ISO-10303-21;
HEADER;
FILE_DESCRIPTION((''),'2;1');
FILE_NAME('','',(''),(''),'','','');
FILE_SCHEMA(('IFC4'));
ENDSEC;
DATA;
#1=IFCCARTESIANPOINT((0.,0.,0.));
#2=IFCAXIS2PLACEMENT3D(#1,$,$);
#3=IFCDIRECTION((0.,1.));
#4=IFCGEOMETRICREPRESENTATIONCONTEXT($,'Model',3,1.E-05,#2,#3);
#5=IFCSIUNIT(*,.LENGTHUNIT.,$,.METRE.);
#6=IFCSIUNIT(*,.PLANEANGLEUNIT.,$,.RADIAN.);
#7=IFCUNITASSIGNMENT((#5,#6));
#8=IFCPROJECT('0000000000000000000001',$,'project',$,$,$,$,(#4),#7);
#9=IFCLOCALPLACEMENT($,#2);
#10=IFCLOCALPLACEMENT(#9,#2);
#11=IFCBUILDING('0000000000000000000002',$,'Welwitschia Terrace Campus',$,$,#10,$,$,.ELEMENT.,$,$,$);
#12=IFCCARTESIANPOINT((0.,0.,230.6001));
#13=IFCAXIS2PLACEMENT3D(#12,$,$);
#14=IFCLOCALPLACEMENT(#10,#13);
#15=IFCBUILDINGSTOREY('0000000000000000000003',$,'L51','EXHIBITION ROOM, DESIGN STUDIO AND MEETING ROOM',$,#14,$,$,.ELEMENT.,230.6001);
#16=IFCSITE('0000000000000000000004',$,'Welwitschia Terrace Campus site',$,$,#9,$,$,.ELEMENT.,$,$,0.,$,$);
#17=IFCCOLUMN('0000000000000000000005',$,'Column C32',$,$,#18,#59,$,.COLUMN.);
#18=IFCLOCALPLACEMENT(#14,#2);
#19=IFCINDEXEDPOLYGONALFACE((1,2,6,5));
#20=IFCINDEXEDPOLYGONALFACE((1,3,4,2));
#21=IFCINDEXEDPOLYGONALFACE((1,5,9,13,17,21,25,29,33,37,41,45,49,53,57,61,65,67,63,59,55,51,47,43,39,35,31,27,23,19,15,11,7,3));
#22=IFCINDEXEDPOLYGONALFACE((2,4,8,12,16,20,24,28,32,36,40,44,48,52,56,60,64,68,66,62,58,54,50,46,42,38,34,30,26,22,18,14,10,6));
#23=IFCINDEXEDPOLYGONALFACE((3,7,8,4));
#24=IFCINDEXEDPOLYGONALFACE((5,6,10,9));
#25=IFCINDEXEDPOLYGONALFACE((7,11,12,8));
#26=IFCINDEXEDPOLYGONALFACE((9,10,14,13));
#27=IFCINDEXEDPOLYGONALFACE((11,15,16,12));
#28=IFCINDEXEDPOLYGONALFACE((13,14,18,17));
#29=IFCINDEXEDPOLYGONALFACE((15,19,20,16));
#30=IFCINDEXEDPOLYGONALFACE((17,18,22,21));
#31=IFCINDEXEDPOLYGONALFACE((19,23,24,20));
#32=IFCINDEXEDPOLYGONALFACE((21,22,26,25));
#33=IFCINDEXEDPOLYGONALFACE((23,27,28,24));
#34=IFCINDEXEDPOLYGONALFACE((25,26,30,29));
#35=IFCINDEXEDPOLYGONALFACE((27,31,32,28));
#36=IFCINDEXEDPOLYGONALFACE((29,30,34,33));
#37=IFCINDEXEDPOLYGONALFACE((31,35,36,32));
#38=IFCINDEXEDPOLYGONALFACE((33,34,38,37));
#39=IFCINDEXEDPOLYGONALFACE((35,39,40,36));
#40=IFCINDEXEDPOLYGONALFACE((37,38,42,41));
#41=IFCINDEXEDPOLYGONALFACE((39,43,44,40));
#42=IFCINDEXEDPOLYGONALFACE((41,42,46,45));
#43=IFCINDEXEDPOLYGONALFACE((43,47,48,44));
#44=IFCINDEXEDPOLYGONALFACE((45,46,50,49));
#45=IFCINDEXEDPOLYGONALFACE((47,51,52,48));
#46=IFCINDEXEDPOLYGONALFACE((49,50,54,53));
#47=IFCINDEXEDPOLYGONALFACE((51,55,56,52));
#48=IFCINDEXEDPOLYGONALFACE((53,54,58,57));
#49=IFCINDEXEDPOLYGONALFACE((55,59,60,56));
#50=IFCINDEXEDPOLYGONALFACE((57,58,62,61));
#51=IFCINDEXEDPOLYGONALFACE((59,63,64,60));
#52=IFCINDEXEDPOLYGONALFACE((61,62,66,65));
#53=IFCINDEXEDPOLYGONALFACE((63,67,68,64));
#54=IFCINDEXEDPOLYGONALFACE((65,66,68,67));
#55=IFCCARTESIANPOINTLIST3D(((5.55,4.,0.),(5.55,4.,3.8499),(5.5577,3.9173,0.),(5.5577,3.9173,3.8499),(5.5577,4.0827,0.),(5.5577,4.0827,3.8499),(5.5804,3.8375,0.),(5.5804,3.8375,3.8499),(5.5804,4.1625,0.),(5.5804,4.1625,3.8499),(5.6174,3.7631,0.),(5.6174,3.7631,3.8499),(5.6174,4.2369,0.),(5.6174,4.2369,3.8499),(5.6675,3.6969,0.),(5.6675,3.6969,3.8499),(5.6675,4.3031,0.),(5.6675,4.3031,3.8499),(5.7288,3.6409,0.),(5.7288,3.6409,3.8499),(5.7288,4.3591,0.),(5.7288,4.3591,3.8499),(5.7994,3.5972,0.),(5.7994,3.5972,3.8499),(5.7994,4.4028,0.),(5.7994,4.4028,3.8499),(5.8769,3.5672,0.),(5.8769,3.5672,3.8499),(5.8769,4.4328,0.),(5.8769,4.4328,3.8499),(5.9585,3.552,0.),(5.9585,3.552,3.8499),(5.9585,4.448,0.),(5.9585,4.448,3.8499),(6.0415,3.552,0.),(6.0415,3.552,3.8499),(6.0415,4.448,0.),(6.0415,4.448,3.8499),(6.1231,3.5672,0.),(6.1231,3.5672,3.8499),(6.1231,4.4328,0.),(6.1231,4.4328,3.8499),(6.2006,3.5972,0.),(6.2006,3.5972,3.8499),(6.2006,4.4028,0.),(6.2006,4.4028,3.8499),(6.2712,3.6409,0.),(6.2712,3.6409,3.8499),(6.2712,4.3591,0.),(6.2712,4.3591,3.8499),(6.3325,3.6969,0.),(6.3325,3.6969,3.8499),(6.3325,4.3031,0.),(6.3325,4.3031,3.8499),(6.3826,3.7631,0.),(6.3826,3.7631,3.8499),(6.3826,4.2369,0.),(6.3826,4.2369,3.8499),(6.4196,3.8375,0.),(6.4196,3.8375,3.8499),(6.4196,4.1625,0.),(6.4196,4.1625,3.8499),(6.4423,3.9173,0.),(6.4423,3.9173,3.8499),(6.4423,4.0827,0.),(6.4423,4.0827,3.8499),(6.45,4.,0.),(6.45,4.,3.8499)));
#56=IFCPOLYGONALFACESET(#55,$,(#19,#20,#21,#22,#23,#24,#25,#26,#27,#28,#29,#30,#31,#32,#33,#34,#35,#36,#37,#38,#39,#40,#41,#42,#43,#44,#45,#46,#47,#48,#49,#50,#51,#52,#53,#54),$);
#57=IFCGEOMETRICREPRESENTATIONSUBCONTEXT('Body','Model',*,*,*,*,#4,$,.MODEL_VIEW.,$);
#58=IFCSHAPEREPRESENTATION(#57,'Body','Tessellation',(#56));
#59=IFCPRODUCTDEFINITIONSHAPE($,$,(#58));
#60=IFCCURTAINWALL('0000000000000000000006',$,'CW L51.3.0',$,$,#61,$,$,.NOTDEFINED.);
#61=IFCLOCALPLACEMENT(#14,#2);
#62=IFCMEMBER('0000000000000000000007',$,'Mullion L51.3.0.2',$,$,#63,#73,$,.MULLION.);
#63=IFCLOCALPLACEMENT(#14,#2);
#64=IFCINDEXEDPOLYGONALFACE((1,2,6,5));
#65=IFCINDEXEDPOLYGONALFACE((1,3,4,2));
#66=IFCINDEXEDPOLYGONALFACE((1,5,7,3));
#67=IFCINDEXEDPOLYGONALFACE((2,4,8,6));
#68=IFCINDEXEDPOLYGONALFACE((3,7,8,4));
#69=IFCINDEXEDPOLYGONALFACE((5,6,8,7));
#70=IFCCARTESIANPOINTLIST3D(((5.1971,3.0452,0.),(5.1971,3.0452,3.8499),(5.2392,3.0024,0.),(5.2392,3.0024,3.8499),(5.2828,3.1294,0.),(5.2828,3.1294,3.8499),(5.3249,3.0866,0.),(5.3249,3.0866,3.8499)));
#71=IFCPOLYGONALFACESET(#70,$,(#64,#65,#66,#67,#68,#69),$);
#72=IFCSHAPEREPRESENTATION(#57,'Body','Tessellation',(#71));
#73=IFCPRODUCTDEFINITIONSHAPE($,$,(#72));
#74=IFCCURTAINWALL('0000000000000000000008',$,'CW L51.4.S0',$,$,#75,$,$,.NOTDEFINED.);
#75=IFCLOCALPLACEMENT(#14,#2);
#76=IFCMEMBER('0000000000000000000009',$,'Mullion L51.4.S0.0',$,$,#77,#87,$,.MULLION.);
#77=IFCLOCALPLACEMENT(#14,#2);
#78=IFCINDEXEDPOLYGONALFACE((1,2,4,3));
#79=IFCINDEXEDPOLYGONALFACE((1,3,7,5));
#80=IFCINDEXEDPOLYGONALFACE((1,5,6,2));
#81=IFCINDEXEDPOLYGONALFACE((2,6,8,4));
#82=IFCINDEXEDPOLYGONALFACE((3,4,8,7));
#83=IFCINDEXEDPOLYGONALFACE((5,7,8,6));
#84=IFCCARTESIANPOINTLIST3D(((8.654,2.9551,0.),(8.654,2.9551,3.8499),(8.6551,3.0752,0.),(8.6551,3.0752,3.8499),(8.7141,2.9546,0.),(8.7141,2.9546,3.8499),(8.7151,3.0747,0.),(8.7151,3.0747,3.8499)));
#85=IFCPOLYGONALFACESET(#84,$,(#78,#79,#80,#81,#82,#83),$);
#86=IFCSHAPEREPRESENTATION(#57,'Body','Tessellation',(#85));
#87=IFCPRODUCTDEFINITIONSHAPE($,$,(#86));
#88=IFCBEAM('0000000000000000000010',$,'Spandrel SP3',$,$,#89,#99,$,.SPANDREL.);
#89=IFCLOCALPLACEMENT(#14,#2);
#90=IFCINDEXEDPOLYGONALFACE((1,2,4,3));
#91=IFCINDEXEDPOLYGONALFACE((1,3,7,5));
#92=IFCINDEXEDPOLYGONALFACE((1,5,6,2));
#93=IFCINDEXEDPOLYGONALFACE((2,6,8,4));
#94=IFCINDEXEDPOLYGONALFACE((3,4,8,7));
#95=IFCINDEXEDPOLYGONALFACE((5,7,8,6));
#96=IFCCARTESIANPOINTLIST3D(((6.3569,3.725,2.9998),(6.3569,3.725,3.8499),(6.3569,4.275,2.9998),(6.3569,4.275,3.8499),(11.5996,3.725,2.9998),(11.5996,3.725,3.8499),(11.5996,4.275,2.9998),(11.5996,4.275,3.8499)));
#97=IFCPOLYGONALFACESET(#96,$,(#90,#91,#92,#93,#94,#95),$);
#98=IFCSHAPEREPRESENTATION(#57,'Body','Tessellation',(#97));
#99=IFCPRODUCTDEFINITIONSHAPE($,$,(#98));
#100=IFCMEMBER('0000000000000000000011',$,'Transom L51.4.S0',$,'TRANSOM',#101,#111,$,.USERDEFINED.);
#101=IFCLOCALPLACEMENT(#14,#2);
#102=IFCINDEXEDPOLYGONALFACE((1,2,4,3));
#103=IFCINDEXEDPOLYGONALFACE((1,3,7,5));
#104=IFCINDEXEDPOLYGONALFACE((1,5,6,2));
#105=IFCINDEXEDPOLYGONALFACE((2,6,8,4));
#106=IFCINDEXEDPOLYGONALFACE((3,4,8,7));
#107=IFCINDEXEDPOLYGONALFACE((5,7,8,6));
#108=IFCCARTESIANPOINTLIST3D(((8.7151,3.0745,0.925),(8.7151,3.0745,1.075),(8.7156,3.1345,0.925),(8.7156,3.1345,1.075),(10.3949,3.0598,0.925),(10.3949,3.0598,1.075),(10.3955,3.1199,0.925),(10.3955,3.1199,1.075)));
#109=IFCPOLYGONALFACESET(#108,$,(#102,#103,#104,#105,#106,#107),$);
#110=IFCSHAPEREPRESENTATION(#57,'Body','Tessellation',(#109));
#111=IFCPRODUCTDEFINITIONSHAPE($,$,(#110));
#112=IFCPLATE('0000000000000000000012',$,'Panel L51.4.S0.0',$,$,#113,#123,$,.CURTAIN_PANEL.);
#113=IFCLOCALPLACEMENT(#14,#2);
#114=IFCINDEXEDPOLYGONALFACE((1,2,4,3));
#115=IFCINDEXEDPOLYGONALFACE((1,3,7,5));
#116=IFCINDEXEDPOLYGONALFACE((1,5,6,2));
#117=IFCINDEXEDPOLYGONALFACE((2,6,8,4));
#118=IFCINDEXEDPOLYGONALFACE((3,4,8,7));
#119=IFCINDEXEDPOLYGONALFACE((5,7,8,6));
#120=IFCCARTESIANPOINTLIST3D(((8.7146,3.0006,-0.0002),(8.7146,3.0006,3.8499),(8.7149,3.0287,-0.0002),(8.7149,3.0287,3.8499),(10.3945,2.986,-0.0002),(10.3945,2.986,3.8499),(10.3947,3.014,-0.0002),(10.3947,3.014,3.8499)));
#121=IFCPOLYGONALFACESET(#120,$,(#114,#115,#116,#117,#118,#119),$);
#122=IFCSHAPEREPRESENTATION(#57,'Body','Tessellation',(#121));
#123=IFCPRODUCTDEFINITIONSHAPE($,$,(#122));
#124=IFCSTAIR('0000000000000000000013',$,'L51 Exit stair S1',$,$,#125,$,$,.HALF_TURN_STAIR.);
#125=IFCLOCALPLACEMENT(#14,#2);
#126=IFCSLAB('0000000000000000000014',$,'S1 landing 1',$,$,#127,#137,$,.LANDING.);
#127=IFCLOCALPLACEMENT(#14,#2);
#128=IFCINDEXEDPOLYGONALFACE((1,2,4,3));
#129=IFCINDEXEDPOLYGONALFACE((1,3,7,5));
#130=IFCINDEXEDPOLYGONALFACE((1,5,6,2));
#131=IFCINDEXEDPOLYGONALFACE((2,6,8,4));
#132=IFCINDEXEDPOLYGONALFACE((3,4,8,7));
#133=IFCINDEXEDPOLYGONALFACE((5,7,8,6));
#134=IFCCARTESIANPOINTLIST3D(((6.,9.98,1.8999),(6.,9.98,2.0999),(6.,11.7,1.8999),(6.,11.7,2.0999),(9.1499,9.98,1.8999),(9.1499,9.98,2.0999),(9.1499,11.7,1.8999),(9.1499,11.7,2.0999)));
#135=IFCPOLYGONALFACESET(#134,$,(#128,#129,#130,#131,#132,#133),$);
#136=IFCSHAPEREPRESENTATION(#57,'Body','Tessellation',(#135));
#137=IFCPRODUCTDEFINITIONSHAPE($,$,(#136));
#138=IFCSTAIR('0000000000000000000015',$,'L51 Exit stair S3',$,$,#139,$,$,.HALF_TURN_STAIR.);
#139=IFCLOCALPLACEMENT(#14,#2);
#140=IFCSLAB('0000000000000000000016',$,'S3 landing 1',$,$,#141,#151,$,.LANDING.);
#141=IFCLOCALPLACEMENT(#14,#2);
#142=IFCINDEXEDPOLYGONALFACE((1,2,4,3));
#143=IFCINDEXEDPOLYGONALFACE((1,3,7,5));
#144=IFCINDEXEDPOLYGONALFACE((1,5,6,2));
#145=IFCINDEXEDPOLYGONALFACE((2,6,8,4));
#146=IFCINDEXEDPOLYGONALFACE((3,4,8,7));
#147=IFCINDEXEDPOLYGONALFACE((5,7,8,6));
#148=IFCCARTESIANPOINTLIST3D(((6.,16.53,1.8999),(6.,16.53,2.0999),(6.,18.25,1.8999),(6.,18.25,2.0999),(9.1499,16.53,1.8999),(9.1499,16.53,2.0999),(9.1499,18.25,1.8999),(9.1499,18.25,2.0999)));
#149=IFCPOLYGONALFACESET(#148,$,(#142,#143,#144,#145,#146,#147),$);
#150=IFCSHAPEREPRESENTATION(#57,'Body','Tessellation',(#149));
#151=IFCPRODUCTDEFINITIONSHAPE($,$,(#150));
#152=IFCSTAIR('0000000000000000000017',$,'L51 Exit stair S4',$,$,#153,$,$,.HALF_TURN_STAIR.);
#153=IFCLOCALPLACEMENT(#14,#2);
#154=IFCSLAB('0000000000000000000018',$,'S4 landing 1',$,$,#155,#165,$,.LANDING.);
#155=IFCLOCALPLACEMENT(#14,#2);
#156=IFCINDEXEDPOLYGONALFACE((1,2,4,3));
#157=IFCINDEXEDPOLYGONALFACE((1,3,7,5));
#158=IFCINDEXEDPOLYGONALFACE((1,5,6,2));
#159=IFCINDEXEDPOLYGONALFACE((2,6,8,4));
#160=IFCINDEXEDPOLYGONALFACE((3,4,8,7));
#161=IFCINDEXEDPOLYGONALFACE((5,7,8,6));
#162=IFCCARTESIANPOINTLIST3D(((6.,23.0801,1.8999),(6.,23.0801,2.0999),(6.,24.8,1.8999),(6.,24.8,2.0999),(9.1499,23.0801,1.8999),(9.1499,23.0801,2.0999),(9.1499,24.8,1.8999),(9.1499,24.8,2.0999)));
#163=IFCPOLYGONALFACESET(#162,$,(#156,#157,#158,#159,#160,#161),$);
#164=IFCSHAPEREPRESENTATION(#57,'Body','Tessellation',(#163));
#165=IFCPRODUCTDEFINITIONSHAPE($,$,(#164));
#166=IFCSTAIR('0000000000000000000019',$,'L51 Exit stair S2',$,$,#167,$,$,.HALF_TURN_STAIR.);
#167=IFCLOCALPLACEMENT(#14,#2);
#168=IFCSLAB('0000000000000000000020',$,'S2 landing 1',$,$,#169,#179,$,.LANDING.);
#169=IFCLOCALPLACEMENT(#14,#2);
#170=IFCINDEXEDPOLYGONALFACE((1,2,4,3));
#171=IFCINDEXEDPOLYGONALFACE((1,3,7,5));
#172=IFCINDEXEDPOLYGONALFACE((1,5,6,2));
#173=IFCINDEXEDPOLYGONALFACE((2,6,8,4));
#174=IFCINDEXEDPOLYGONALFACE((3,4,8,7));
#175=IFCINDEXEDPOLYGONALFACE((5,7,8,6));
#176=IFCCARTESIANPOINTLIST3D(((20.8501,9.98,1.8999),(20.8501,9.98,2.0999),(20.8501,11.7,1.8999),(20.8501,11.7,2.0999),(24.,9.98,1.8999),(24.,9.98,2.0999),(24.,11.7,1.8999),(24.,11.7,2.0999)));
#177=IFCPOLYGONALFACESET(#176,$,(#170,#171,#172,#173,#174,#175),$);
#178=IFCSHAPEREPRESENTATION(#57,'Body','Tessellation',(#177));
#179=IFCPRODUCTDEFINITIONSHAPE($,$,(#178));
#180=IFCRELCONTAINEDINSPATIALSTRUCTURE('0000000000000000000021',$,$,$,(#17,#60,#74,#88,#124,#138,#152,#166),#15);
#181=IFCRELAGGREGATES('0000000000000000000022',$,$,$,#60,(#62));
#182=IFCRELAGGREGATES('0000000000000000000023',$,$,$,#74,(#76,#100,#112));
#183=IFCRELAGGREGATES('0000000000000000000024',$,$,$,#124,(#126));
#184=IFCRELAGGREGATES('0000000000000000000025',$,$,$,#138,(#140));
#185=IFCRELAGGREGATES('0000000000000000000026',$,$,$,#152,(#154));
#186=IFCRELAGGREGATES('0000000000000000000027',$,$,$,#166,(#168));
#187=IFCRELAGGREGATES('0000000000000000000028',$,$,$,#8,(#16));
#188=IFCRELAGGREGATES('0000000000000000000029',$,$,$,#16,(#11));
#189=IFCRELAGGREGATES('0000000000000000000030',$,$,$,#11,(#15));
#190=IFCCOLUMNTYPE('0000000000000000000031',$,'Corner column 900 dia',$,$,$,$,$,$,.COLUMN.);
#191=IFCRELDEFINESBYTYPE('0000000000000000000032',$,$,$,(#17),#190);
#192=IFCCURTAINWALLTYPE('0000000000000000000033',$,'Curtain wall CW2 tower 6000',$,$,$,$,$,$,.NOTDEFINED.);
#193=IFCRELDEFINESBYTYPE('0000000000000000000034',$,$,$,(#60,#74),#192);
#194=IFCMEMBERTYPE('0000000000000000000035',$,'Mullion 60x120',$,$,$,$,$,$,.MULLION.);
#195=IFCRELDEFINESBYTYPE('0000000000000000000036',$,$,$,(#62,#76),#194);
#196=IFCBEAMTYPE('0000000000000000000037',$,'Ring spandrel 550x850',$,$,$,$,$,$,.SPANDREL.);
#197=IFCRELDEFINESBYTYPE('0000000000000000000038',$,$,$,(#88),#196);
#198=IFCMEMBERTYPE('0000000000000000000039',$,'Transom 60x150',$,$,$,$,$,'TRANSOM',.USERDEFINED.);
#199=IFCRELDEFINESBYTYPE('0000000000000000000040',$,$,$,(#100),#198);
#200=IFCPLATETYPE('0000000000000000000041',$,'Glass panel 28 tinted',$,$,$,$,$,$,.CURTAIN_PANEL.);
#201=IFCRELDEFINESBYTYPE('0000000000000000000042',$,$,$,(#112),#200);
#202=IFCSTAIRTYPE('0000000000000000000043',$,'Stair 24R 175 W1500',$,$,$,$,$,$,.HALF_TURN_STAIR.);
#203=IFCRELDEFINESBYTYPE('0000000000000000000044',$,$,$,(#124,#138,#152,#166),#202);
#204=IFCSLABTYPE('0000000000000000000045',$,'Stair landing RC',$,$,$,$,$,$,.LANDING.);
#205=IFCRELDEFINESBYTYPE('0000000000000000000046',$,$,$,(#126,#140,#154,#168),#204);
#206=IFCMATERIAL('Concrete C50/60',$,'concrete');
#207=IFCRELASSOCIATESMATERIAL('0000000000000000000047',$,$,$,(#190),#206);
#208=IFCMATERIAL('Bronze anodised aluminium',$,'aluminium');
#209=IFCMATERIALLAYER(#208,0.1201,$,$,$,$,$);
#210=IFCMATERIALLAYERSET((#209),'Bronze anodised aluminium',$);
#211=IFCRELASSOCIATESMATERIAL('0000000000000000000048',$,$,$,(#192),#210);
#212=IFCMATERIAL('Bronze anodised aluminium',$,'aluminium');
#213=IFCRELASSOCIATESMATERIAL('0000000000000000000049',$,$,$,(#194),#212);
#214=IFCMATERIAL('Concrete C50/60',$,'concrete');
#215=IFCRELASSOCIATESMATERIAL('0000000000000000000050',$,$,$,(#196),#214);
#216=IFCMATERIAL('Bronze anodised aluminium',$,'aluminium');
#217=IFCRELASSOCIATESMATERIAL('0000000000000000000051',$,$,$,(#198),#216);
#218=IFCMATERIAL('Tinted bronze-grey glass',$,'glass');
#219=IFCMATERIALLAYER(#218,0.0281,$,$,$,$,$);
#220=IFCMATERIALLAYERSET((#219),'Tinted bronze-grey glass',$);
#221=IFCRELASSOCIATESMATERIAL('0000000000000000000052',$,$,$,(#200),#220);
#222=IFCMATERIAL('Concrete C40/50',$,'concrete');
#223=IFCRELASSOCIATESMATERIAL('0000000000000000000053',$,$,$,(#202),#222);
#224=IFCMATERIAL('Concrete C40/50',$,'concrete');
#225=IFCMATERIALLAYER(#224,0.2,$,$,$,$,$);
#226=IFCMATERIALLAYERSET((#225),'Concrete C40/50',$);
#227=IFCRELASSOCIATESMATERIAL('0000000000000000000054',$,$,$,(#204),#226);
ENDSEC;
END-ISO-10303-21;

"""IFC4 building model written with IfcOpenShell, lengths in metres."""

from ifc_helpers import new_model, si_unit, direction, frame, origin, origin_2d, place, context, subcontext, project, spatial, polyline, rectangle, circle, outline, extrude, material, layer, layer_set, material_profile, profile_set, type_object, element, aggregate, save


model = new_model("IFC4")

# Units and contexts
model_context = context("Model", 3, precision=1e-05, world=origin(), true_north=direction((0.0, 1.0)))
body_context = subcontext(model_context, "Body", "Model", "MODEL_VIEW")
ifc_project = project(units=[si_unit("LENGTHUNIT", "METRE"), si_unit("PLANEANGLEUNIT", "RADIAN")], contexts=[model_context])

# Site, building, storey
site_placement = place(None, origin())
site = spatial("IfcSite", under=ifc_project, at=site_placement, Name="Welwitschia Terrace Campus site", CompositionType="ELEMENT", RefElevation=0.0)
building_placement = place(site_placement, origin())
building = spatial("IfcBuilding", under=site, at=building_placement, Name="Welwitschia Terrace Campus", CompositionType="ELEMENT")
storey_placement = place(building_placement, frame((0.0, 0.0, 230.6001)))
storey = spatial("IfcBuildingStorey", under=building, at=storey_placement, Name="L51", Description="EXHIBITION ROOM, DESIGN STUDIO AND MEETING ROOM", CompositionType="ELEMENT", Elevation=230.6001)

# Column
ifc_material_1 = material(Name="Concrete C50/60", Category="concrete")
ifc_material_profile_1 = material_profile(ifc_material_1, circle(Radius=0.45, at=origin_2d()))
ifc_profile_set_1 = profile_set([ifc_material_profile_1], Name="Concrete C50/60")
column_type = type_object("IfcColumnType", Name="Corner column 900 dia", PredefinedType="COLUMN", material=ifc_profile_set_1)
column_placement = place(storey_placement, frame((6.0, 4.0, 0.0), z_axis=(0.0, 0.0, 1.0), x_axis=(1.0, 0.0, 0.0)))
element("IfcColumn", 1, at=column_placement, inside=storey, type_object=column_type, Name="Column C32", PredefinedType="COLUMN", context=body_context, shape_type="SweptSolid", body=[
    extrude(circle(Radius=0.45, at=origin_2d()), origin(), (0.0, 0.0, 1.0), 3.8499),
])

# Curtain walls, members
ifc_material_2 = material(Name="Bronze anodised aluminium", Category="aluminium")
ifc_layer_1 = layer(ifc_material_2, 0.1201)
ifc_layer_set_1 = layer_set([ifc_layer_1], Name="Bronze anodised aluminium")
curtain_wall_type = type_object("IfcCurtainWallType", Name="Curtain wall CW2 tower 6000", PredefinedType="NOTDEFINED", material=ifc_layer_set_1)
curtain_wall_1_placement = place(storey_placement, origin())
curtain_wall_1 = element("IfcCurtainWall", 2, at=curtain_wall_1_placement, inside=storey, type_object=curtain_wall_type, Name="CW L51.3.0", PredefinedType="NOTDEFINED")
ifc_material_3 = material(Name="Bronze anodised aluminium", Category="aluminium")
ifc_material_profile_2 = material_profile(ifc_material_3, rectangle(XDim=0.1201, YDim=0.0601, at=origin_2d()))
ifc_profile_set_2 = profile_set([ifc_material_profile_2], Name="Bronze anodised aluminium")
member_type_1 = type_object("IfcMemberType", Name="Mullion 60x120", PredefinedType="MULLION", material=ifc_profile_set_2)
member_1_placement = place(storey_placement, frame((5.261, 3.0659, 0.0), z_axis=(0.0, 0.0, 1.0), x_axis=(0.71325, 0.700909, 0.0)))
member_1 = element("IfcMember", 3, at=member_1_placement, type_object=member_type_1, Name="Mullion L51.3.0.2", PredefinedType="MULLION", context=body_context, shape_type="SweptSolid", body=[
    extrude(rectangle(XDim=0.1201, YDim=0.0601, at=origin_2d()), origin(), (0.0, 0.0, 1.0), 3.8499),
])
aggregate(curtain_wall_1, [member_1])
curtain_wall_2_placement = place(storey_placement, origin())
curtain_wall_2 = element("IfcCurtainWall", 4, at=curtain_wall_2_placement, inside=storey, type_object=curtain_wall_type, Name="CW L51.4.S0", PredefinedType="NOTDEFINED")
member_2_placement = place(storey_placement, frame((8.6846, 3.0149, 0.0), z_axis=(0.0, 0.0, 1.0), x_axis=(0.008727, 0.999962, 0.0)))
member_2 = element("IfcMember", 5, at=member_2_placement, type_object=member_type_1, Name="Mullion L51.4.S0.0", PredefinedType="MULLION", context=body_context, shape_type="SweptSolid", body=[
    extrude(rectangle(XDim=0.1201, YDim=0.0601, at=origin_2d()), origin(), (0.0, 0.0, 1.0), 3.8499),
])

# Beam
ifc_material_4 = material(Name="Concrete C50/60", Category="concrete")
ifc_material_profile_3 = material_profile(ifc_material_4, rectangle(XDim=0.55, YDim=0.8501, at=origin_2d()))
ifc_profile_set_3 = profile_set([ifc_material_profile_3], Name="Concrete C50/60")
beam_type = type_object("IfcBeamType", Name="Ring spandrel 550x850", PredefinedType="SPANDREL", material=ifc_profile_set_3)
beam_placement = place(storey_placement, frame((6.3569, 4.0, 3.4248), z_axis=(1.0, 0.0, 0.0), x_axis=(0.0, 1.0, 0.0)))
element("IfcBeam", 6, at=beam_placement, inside=storey, type_object=beam_type, Name="Spandrel SP3", PredefinedType="SPANDREL", context=body_context, shape_type="SweptSolid", body=[
    extrude(rectangle(XDim=0.55, YDim=0.8501, at=origin_2d()), origin(), (0.0, 0.0, 1.0), 5.2427),
])

# Member
ifc_material_5 = material(Name="Bronze anodised aluminium", Category="aluminium")
ifc_material_profile_4 = material_profile(ifc_material_5, rectangle(XDim=0.0601, YDim=0.1499, at=origin_2d()))
ifc_profile_set_4 = profile_set([ifc_material_profile_4], Name="Bronze anodised aluminium")
member_type_2 = type_object("IfcMemberType", Name="Transom 60x150", ElementType="TRANSOM", PredefinedType="USERDEFINED", material=ifc_profile_set_4)
member_3_placement = place(storey_placement, frame((8.7153, 3.1045, 1.0), z_axis=(0.999962, -0.008719, 0.0), x_axis=(0.008719, 0.999962, 0.0)))
member_3 = element("IfcMember", 7, at=member_3_placement, type_object=member_type_2, Name="Transom L51.4.S0", ObjectType="TRANSOM", PredefinedType="USERDEFINED", context=body_context, shape_type="SweptSolid", body=[
    extrude(rectangle(XDim=0.0601, YDim=0.1499, at=origin_2d()), origin(), (0.0, 0.0, 1.0), 1.6799),
])

# Plate
ifc_material_6 = material(Name="Tinted bronze-grey glass", Category="glass")
ifc_layer_2 = layer(ifc_material_6, 0.0281)
ifc_layer_set_2 = layer_set([ifc_layer_2], Name="Tinted bronze-grey glass")
plate_type = type_object("IfcPlateType", Name="Glass panel 28 tinted", PredefinedType="CURTAIN_PANEL", material=ifc_layer_set_2)
plate_placement = place(storey_placement, frame((9.5547, 3.0073, -0.0002), z_axis=(0.0, 0.0, 1.0), x_axis=(0.999962, -0.008727, 0.0)))
plate = element("IfcPlate", 8, at=plate_placement, type_object=plate_type, Name="Panel L51.4.S0.0", PredefinedType="CURTAIN_PANEL", context=body_context, shape_type="SweptSolid", body=[
    extrude(rectangle(XDim=1.6799, YDim=0.0281, at=origin_2d()), origin(), (0.0, 0.0, 1.0), 3.8501),
])
aggregate(curtain_wall_2, [member_2, member_3, plate])

# Stairs, slabs
ifc_material_7 = material(Name="Concrete C40/50", Category="concrete")
stair_type = type_object("IfcStairType", Name="Stair 24R 175 W1500", PredefinedType="HALF_TURN_STAIR", material=ifc_material_7)
stair_1_placement = place(storey_placement, origin())
stair_1 = element("IfcStair", 9, at=stair_1_placement, inside=storey, type_object=stair_type, Name="L51 Exit stair S1", PredefinedType="HALF_TURN_STAIR")
ifc_material_8 = material(Name="Concrete C40/50", Category="concrete")
ifc_layer_3 = layer(ifc_material_8, 0.2)
ifc_layer_set_3 = layer_set([ifc_layer_3], Name="Concrete C40/50")
slab_type_1 = type_object("IfcSlabType", Name="Stair landing RC", PredefinedType="LANDING", material=ifc_layer_set_3)
slab_1_placement = place(storey_placement, frame((0.0, 0.0, 1.8999)))
slab_1 = element("IfcSlab", 10, at=slab_1_placement, type_object=slab_type_1, Name="S1 landing 1", PredefinedType="LANDING", context=body_context, shape_type="SweptSolid", body=[
    extrude(outline(polyline([(9.1499, 9.98), (9.1499, 11.7), (6.0, 11.7), (6.0, 9.98), (9.1499, 9.98)])), origin(), (0.0, 0.0, 1.0), 0.2),
])
aggregate(stair_1, [slab_1])
stair_2_placement = place(storey_placement, origin())
stair_2 = element("IfcStair", 11, at=stair_2_placement, inside=storey, type_object=stair_type, Name="L51 Exit stair S3", PredefinedType="HALF_TURN_STAIR")
slab_2_placement = place(storey_placement, frame((0.0, 0.0, 1.8999)))
slab_2 = element("IfcSlab", 12, at=slab_2_placement, type_object=slab_type_1, Name="S3 landing 1", PredefinedType="LANDING", context=body_context, shape_type="SweptSolid", body=[
    extrude(outline(polyline([(9.1499, 16.53), (9.1499, 18.25), (6.0, 18.25), (6.0, 16.53), (9.1499, 16.53)])), origin(), (0.0, 0.0, 1.0), 0.2),
])
aggregate(stair_2, [slab_2])
stair_3_placement = place(storey_placement, origin())
stair_3 = element("IfcStair", 13, at=stair_3_placement, inside=storey, type_object=stair_type, Name="L51 Exit stair S4", PredefinedType="HALF_TURN_STAIR")
slab_3_placement = place(storey_placement, frame((0.0, 0.0, 1.8999)))
slab_3 = element("IfcSlab", 14, at=slab_3_placement, type_object=slab_type_1, Name="S4 landing 1", PredefinedType="LANDING", context=body_context, shape_type="SweptSolid", body=[
    extrude(outline(polyline([(9.1499, 23.0801), (9.1499, 24.8), (6.0, 24.8), (6.0, 23.0801), (9.1499, 23.0801)])), origin(), (0.0, 0.0, 1.0), 0.2),
])
aggregate(stair_3, [slab_3])
stair_4_placement = place(storey_placement, origin())
stair_4 = element("IfcStair", 15, at=stair_4_placement, inside=storey, type_object=stair_type, Name="L51 Exit stair S2", PredefinedType="HALF_TURN_STAIR")
slab_4_placement = place(storey_placement, frame((0.0, 0.0, 1.8999)))
slab_4 = element("IfcSlab", 16, at=slab_4_placement, type_object=slab_type_1, Name="S2 landing 1", PredefinedType="LANDING", context=body_context, shape_type="SweptSolid", body=[
    extrude(outline(polyline([(24.0, 9.98), (24.0, 11.7), (20.8501, 11.7), (20.8501, 9.98), (24.0, 9.98)])), origin(), (0.0, 0.0, 1.0), 0.2),
])
aggregate(stair_4, [slab_4])

save(model, "model.ifc")
